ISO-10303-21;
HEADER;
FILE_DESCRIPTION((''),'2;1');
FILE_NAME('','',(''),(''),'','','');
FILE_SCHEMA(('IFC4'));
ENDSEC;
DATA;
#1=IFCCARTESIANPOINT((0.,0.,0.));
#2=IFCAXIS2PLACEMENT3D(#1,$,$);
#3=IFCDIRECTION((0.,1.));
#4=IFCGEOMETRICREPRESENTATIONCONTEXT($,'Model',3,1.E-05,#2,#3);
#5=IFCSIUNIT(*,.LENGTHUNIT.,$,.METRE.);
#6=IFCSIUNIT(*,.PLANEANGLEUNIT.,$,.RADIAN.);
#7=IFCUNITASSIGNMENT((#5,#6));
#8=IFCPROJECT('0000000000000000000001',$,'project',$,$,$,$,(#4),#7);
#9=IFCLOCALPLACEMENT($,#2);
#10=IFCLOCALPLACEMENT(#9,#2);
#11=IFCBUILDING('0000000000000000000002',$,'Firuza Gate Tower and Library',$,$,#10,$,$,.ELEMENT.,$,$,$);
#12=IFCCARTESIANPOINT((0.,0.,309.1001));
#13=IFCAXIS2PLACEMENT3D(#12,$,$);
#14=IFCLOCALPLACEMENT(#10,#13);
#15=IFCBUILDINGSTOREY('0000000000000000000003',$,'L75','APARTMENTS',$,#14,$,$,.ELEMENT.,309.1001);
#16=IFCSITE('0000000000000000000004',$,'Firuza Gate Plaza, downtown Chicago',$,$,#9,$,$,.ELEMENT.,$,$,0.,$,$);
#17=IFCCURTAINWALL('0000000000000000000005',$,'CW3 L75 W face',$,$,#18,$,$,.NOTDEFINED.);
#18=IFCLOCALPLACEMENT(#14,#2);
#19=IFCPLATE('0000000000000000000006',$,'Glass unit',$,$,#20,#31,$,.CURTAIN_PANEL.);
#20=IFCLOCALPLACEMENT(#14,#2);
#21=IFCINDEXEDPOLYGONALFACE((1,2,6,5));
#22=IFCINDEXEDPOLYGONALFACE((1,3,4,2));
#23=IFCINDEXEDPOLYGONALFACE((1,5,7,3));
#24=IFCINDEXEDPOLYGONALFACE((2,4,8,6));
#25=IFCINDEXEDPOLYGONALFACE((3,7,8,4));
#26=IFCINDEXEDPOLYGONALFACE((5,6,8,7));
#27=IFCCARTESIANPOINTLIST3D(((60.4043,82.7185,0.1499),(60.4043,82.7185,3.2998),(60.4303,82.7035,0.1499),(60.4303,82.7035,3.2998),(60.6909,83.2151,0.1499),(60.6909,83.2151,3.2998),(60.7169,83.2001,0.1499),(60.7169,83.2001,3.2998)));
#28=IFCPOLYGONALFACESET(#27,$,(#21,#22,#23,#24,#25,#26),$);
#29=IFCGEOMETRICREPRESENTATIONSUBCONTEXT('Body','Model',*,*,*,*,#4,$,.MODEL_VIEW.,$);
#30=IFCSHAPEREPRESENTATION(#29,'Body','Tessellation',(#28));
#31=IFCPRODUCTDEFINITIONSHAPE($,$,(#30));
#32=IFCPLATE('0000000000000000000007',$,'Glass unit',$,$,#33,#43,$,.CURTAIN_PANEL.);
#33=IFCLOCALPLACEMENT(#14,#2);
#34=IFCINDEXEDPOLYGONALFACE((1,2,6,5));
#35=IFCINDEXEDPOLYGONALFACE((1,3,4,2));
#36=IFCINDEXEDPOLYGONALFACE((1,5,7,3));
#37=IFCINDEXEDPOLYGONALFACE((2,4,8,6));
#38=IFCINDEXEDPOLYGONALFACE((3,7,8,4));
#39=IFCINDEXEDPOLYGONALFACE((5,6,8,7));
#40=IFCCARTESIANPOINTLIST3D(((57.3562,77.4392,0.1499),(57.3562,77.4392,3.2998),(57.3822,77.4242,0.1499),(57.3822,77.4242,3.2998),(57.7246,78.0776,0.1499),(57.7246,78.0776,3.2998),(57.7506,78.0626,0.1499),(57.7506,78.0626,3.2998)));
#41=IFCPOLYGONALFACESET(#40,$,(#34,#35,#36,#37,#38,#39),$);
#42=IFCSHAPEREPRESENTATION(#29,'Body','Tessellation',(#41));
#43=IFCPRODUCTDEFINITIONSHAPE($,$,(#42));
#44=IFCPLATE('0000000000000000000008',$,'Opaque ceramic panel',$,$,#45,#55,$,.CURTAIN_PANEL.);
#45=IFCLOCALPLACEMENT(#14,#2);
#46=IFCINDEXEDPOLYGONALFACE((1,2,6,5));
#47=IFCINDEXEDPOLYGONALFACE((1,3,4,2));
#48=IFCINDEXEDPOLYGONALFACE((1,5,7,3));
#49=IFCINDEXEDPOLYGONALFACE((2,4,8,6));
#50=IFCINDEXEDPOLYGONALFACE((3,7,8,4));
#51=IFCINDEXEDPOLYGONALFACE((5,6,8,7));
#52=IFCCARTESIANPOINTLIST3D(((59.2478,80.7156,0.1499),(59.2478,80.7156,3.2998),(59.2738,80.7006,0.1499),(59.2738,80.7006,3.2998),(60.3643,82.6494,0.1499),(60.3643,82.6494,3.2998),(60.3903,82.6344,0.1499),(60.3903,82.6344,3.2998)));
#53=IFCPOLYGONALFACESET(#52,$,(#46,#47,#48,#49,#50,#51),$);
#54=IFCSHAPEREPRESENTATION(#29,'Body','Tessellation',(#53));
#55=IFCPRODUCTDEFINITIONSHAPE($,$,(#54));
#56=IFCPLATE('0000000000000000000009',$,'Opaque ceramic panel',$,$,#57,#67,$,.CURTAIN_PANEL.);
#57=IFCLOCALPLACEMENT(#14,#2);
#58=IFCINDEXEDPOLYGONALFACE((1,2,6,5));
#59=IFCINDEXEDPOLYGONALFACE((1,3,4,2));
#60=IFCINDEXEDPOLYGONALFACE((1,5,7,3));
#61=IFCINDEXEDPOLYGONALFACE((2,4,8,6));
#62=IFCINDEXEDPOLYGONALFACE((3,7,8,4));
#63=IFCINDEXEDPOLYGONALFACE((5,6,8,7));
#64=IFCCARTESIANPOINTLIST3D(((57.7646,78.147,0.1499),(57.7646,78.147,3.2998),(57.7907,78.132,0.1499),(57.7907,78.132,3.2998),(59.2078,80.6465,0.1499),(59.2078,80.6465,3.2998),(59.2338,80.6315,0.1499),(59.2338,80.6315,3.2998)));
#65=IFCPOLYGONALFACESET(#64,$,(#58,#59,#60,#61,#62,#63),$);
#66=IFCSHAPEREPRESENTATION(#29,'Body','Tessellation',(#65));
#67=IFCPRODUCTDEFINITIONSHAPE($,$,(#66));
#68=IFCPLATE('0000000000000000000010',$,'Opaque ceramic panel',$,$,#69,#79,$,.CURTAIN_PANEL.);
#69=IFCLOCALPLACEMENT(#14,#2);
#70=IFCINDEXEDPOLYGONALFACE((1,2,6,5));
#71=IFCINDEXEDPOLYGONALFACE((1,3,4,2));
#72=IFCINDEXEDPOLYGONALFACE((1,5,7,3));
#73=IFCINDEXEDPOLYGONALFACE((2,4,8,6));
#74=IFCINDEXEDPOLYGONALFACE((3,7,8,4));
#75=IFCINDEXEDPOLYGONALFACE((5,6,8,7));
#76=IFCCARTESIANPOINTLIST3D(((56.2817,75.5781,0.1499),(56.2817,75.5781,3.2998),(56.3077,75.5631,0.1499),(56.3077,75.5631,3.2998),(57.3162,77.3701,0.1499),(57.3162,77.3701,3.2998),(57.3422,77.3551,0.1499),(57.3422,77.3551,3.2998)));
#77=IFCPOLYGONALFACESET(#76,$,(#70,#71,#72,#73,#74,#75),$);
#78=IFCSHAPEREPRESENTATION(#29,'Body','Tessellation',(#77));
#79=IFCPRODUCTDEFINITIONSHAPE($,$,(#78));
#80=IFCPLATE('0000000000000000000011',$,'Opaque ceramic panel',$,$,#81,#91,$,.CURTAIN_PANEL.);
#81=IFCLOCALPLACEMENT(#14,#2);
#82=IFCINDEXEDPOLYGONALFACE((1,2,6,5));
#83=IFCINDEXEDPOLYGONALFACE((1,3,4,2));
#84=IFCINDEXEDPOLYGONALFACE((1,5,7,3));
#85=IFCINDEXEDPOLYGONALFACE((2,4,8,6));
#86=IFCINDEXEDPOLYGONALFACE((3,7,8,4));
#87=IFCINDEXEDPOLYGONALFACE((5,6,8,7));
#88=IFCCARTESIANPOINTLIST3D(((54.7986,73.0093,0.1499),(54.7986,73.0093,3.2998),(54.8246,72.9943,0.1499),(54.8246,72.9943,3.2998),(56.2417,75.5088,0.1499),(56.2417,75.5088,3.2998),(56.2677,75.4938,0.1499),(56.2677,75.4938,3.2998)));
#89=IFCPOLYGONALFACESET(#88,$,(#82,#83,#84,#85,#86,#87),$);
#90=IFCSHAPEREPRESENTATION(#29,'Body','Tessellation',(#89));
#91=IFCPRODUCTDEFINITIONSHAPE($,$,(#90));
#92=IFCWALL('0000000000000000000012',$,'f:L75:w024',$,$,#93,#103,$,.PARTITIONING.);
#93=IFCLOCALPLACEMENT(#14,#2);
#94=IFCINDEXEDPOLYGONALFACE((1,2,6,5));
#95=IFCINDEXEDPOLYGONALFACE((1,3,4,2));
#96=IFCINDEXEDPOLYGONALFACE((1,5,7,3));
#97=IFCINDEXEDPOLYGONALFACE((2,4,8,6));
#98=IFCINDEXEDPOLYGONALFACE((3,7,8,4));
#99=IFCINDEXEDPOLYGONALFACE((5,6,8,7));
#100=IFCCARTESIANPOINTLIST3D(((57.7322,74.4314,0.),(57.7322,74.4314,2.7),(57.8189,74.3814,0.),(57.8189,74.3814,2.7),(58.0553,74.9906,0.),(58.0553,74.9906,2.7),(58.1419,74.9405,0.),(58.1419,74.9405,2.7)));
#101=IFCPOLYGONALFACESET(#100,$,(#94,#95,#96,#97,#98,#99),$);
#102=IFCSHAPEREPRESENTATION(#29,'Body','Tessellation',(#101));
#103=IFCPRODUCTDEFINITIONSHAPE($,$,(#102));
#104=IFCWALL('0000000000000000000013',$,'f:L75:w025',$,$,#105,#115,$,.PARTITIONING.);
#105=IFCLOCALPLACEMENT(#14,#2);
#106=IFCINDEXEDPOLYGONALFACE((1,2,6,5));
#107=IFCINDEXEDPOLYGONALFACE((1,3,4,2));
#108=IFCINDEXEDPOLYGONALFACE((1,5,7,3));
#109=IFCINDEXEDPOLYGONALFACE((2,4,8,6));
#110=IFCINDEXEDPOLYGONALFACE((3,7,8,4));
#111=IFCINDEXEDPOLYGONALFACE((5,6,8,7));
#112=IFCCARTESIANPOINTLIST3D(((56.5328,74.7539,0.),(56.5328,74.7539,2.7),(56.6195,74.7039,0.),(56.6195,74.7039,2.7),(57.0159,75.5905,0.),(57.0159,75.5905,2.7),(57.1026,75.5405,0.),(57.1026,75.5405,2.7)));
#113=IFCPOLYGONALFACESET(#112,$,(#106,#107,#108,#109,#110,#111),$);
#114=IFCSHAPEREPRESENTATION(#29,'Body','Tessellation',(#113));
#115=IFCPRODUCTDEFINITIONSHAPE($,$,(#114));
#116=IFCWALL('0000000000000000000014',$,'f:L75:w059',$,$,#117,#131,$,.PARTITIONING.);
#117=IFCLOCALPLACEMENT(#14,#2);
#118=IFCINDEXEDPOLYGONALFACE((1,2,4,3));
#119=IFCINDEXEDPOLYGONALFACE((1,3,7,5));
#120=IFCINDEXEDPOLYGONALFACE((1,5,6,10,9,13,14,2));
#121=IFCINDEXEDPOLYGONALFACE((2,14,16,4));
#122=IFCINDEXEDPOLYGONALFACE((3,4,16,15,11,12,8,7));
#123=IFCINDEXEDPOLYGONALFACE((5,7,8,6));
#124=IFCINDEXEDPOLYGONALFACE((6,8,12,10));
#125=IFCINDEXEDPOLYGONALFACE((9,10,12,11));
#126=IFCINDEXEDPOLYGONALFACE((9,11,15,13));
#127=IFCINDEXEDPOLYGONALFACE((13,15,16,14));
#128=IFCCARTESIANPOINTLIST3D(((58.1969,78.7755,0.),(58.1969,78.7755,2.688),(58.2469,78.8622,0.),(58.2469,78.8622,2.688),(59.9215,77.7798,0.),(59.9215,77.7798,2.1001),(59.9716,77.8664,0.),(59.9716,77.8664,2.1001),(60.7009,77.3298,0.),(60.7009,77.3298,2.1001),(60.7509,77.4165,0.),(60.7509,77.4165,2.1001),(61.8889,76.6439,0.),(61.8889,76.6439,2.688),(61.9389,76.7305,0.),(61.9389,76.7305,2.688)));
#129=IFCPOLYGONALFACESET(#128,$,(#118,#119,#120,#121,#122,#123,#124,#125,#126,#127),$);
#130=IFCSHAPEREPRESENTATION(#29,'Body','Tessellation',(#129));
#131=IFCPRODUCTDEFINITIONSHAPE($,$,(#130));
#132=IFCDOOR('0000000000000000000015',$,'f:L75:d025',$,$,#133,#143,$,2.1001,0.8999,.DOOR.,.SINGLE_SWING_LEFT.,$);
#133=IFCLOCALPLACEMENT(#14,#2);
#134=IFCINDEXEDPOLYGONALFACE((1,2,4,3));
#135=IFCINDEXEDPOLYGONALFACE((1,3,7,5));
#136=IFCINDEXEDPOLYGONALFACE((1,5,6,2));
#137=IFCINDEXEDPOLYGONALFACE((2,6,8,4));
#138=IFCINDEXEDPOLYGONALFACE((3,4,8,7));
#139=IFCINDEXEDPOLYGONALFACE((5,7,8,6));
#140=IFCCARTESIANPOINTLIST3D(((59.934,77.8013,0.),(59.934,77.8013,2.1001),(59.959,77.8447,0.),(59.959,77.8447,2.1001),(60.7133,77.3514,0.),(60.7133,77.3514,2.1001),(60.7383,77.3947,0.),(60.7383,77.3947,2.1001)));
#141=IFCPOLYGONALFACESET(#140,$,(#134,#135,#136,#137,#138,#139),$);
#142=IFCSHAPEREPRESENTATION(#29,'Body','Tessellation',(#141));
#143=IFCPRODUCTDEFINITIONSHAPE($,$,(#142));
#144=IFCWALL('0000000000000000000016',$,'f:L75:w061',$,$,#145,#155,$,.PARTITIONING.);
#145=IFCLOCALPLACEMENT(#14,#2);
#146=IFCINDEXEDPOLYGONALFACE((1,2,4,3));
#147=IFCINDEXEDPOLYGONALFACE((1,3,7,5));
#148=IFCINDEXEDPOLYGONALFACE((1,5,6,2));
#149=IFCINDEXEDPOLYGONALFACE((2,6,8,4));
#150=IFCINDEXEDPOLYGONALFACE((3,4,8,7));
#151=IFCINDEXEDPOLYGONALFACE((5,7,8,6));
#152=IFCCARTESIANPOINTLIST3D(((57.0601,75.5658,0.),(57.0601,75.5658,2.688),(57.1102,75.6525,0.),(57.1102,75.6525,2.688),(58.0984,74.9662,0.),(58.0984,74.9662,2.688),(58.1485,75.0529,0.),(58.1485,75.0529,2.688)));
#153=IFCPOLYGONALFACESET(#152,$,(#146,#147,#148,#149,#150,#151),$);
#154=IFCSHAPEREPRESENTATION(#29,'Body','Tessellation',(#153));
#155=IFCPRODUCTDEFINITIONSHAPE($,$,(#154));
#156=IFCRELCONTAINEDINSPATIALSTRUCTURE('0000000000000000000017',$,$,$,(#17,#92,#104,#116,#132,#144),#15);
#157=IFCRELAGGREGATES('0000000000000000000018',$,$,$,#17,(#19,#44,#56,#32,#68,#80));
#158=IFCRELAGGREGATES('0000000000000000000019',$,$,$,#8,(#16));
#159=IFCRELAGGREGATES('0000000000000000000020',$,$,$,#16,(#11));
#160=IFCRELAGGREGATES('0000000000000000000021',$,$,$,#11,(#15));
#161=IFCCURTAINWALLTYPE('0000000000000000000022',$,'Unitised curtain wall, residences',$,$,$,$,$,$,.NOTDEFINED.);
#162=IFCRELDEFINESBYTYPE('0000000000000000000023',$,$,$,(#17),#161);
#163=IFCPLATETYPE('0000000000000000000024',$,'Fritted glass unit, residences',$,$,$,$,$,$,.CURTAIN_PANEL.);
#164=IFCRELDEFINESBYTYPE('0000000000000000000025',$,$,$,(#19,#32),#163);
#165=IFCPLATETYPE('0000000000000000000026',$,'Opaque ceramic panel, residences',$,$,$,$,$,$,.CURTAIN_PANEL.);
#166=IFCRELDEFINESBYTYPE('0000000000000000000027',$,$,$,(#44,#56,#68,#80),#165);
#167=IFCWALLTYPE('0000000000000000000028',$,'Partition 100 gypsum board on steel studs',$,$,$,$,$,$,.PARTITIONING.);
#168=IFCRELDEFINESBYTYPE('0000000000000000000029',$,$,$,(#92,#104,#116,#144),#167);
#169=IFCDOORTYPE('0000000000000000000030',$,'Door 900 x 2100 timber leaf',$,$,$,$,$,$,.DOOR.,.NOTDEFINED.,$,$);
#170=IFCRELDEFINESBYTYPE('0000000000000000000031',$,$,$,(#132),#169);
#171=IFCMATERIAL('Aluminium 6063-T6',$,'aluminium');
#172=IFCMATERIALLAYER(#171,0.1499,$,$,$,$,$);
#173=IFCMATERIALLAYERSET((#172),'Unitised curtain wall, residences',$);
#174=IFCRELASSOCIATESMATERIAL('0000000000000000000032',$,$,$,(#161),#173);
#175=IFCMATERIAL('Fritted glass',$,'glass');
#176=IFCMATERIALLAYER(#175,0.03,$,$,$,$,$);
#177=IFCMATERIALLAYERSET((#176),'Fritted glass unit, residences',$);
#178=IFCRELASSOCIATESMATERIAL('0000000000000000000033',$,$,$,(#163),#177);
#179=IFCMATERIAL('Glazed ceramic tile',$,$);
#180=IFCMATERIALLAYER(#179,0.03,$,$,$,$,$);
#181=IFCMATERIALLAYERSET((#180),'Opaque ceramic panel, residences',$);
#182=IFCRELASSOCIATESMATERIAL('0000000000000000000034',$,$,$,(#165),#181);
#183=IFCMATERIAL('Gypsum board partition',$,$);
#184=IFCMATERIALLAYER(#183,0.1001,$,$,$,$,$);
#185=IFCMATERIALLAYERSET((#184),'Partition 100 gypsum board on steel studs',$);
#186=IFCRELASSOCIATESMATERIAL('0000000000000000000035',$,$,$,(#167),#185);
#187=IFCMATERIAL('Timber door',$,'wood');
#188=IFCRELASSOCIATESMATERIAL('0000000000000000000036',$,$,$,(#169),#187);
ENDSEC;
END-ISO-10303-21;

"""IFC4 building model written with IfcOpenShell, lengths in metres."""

from ifc_helpers import new_model, si_unit, direction, frame, frame_2d, origin, place, context, subcontext, project, spatial, polyline, rectangle, outline, extrude, material, layer, layer_set, type_object, element, fill, aggregate, save


model = new_model("IFC4")

# Units and contexts
model_context = context("Model", 3, precision=1e-05, world=origin(), true_north=direction((0.0, 1.0)))
body_context = subcontext(model_context, "Body", "Model", "MODEL_VIEW")
ifc_project = project(units=[si_unit("LENGTHUNIT", "METRE"), si_unit("PLANEANGLEUNIT", "RADIAN")], contexts=[model_context])

# Site, building, storey
site_placement = place(None, origin())
site = spatial("IfcSite", under=ifc_project, at=site_placement, Name="Firuza Gate Plaza, downtown Chicago", CompositionType="ELEMENT", RefElevation=0.0)
building_placement = place(site_placement, origin())
building = spatial("IfcBuilding", under=site, at=building_placement, Name="Firuza Gate Tower and Library", CompositionType="ELEMENT")
storey_placement = place(building_placement, frame((0.0, 0.0, 309.1001)))
storey = spatial("IfcBuildingStorey", under=building, at=storey_placement, Name="L75", Description="APARTMENTS", CompositionType="ELEMENT", Elevation=309.1001)

# Curtain wall
ifc_material_1 = material(Name="Aluminium 6063-T6", Category="aluminium")
ifc_layer_1 = layer(ifc_material_1, 0.1499)
ifc_layer_set_1 = layer_set([ifc_layer_1], Name="Unitised curtain wall, residences")
curtain_wall_type = type_object("IfcCurtainWallType", Name="Unitised curtain wall, residences", PredefinedType="NOTDEFINED", material=ifc_layer_set_1)
curtain_wall_placement = place(storey_placement, origin())
curtain_wall = element("IfcCurtainWall", 1, at=curtain_wall_placement, inside=storey, type_object=curtain_wall_type, Name="CW3 L75 W face", PredefinedType="NOTDEFINED")

# Plates
ifc_material_2 = material(Name="Fritted glass", Category="glass")
ifc_layer_2 = layer(ifc_material_2, 0.03)
ifc_layer_set_2 = layer_set([ifc_layer_2], Name="Fritted glass unit, residences")
plate_type_1 = type_object("IfcPlateType", Name="Fritted glass unit, residences", PredefinedType="CURTAIN_PANEL", material=ifc_layer_set_2)
plate_1_placement = place(storey_placement, frame((60.6909, 83.2151, 0.1499), z_axis=(-0.866086, 0.499894, 0.0), x_axis=(-0.499894, -0.866086, 0.0)))
plate_1 = element("IfcPlate", 2, at=plate_1_placement, type_object=plate_type_1, Name="Glass unit", PredefinedType="CURTAIN_PANEL", context=body_context, shape_type="SweptSolid", body=[
    extrude(outline(polyline([(0.0, 0.0), (0.5734, 0.0), (0.5734, 3.1499), (0.0, 3.1499), (0.0, 0.0)])), origin(), (0.0, 0.0, -1.0), 0.03),
])
plate_2_placement = place(storey_placement, frame((57.7246, 78.0776, 0.1499), z_axis=(-0.866136, 0.499808, 0.0), x_axis=(-0.499808, -0.866136, 0.0)))
plate_2 = element("IfcPlate", 3, at=plate_2_placement, type_object=plate_type_1, Name="Glass unit", PredefinedType="CURTAIN_PANEL", context=body_context, shape_type="SweptSolid", body=[
    extrude(outline(polyline([(0.0, 0.0), (0.7371, 0.0), (0.7371, 3.1499), (0.0, 3.1499), (0.0, 0.0)])), origin(), (0.0, 0.0, -1.0), 0.03),
])
ifc_material_3 = material(Name="Glazed ceramic tile")
ifc_layer_3 = layer(ifc_material_3, 0.03)
ifc_layer_set_3 = layer_set([ifc_layer_3], Name="Opaque ceramic panel, residences")
plate_type_2 = type_object("IfcPlateType", Name="Opaque ceramic panel, residences", PredefinedType="CURTAIN_PANEL", material=ifc_layer_set_3)
plate_3_placement = place(storey_placement, frame((60.3643, 82.6494, 0.1499), z_axis=(-0.866034, 0.499984, 0.0), x_axis=(-0.499984, -0.866034, 0.0)))
plate_3 = element("IfcPlate", 4, at=plate_3_placement, type_object=plate_type_2, Name="Opaque ceramic panel", PredefinedType="CURTAIN_PANEL", context=body_context, shape_type="SweptSolid", body=[
    extrude(outline(polyline([(0.0, 0.0), (2.233, 0.0), (2.233, 3.1499), (0.0, 3.1499), (0.0, 0.0)])), origin(), (0.0, 0.0, -1.0), 0.03),
])
plate_4_placement = place(storey_placement, frame((59.2078, 80.6465, 0.1499), z_axis=(-0.866022, 0.500006, 0.0), x_axis=(-0.500006, -0.866022, 0.0)))
plate_4 = element("IfcPlate", 5, at=plate_4_placement, type_object=plate_type_2, Name="Opaque ceramic panel", PredefinedType="CURTAIN_PANEL", context=body_context, shape_type="SweptSolid", body=[
    extrude(outline(polyline([(0.0, 0.0), (2.8862, 0.0), (2.8862, 3.1499), (0.0, 3.1499), (0.0, 0.0)])), origin(), (0.0, 0.0, -1.0), 0.03),
])
plate_5_placement = place(storey_placement, frame((57.3162, 77.3701, 0.1499), z_axis=(-0.866064, 0.499934, 0.0), x_axis=(-0.499934, -0.866064, 0.0)))
plate_5 = element("IfcPlate", 6, at=plate_5_placement, type_object=plate_type_2, Name="Opaque ceramic panel", PredefinedType="CURTAIN_PANEL", context=body_context, shape_type="SweptSolid", body=[
    extrude(outline(polyline([(0.0, 0.0), (2.0691, 0.0), (2.0691, 3.1499), (0.0, 3.1499), (0.0, 0.0)])), origin(), (0.0, 0.0, -1.0), 0.03),
])
plate_6_placement = place(storey_placement, frame((56.2417, 75.5088, 0.1499), z_axis=(-0.866022, 0.500006, 0.0), x_axis=(-0.500006, -0.866022, 0.0)))
plate_6 = element("IfcPlate", 7, at=plate_6_placement, type_object=plate_type_2, Name="Opaque ceramic panel", PredefinedType="CURTAIN_PANEL", context=body_context, shape_type="SweptSolid", body=[
    extrude(outline(polyline([(0.0, 0.0), (2.8862, 0.0), (2.8862, 3.1499), (0.0, 3.1499), (0.0, 0.0)])), origin(), (0.0, 0.0, -1.0), 0.03),
])
aggregate(curtain_wall, [plate_1, plate_3, plate_4, plate_2, plate_5, plate_6])

# Walls
ifc_material_4 = material(Name="Gypsum board partition")
ifc_layer_4 = layer(ifc_material_4, 0.1001)
ifc_layer_set_4 = layer_set([ifc_layer_4], Name="Partition 100 gypsum board on steel studs")
wall_type = type_object("IfcWallType", Name="Partition 100 gypsum board on steel studs", PredefinedType="PARTITIONING", material=ifc_layer_set_4)
wall_1_placement = place(storey_placement, frame((57.7756, 74.4065, 0.0), z_axis=(0.0, 0.0, 1.0), x_axis=(0.500246, 0.865883, 0.0)))
element("IfcWall", 8, at=wall_1_placement, inside=storey, type_object=wall_type, Name="f:L75:w024", PredefinedType="PARTITIONING", context=body_context, shape_type="SweptSolid", body=[
    extrude(rectangle(XDim=0.6458, YDim=0.1001, at=frame_2d((0.3228, 0.0))), origin(), (0.0, 0.0, 1.0), 2.7),
])
wall_2_placement = place(storey_placement, frame((56.5762, 74.729, 0.0), z_axis=(0.0, 0.0, 1.0), x_axis=(0.50008, 0.865979, 0.0)))
element("IfcWall", 9, at=wall_2_placement, inside=storey, type_object=wall_type, Name="f:L75:w025", PredefinedType="PARTITIONING", context=body_context, shape_type="SweptSolid", body=[
    extrude(rectangle(XDim=0.9661, YDim=0.1001, at=frame_2d((0.4829, 0.0))), origin(), (0.0, 0.0, 1.0), 2.7),
])

# Wall, opening, door
wall_3_placement = place(storey_placement, frame((58.2219, 78.8188, 0.0), z_axis=(0.0, 0.0, 1.0), x_axis=(0.866018, -0.500013, 0.0)))
wall_3 = element("IfcWall", 10, at=wall_3_placement, inside=storey, type_object=wall_type, Name="f:L75:w059", PredefinedType="PARTITIONING", context=body_context, shape_type="SweptSolid", body=[
    extrude(rectangle(XDim=4.2632, YDim=0.1001, at=frame_2d((2.1316, 0.0))), origin(), (0.0, 0.0, 1.0), 2.688),
])
opening_placement = place(wall_3_placement, frame((1.9915, 0.0, 0.0)))
opening = element("IfcOpeningElement", 11, at=opening_placement, cuts=wall_3, PredefinedType="OPENING", context=body_context, shape_type="SweptSolid", body=[
    extrude(rectangle(XDim=0.8999, YDim=2.1001, at=frame_2d((0.45, 1.05))), frame((0.0, 0.0601, 0.0), z_axis=(0.0, -1.0, 0.0), x_axis=(1.0, 0.0, 0.0)), (0.0, 0.0, 1.0), 0.1201),
])
ifc_material_5 = material(Name="Timber door", Category="wood")
door_type = type_object("IfcDoorType", Name="Door 900 x 2100 timber leaf", OperationType="NOTDEFINED", PredefinedType="DOOR", material=ifc_material_5)
door_placement = place(opening_placement, origin())
door = element("IfcDoor", 12, at=door_placement, inside=storey, type_object=door_type, Name="f:L75:d025", OperationType="SINGLE_SWING_LEFT", OverallHeight=2.1001, OverallWidth=0.8999, PredefinedType="DOOR", context=body_context, shape_type="SweptSolid", body=[
    extrude(rectangle(XDim=0.8999, YDim=2.1001, at=frame_2d((0.45, 1.05))), frame((0.0, 0.0249, 0.0), z_axis=(0.0, -1.0, 0.0), x_axis=(1.0, 0.0, 0.0)), (0.0, 0.0, 1.0), 0.05),
])
fill(opening, door)

# Wall
wall_4_placement = place(storey_placement, frame((58.1235, 75.0095, 0.0), z_axis=(0.0, 0.0, 1.0), x_axis=(-0.865979, 0.500081, 0.0)))
element("IfcWall", 13, at=wall_4_placement, inside=storey, type_object=wall_type, Name="f:L75:w061", PredefinedType="PARTITIONING", context=body_context, shape_type="SweptSolid", body=[
    extrude(rectangle(XDim=1.199, YDim=0.1001, at=frame_2d((0.5996, 0.0))), origin(), (0.0, 0.0, 1.0), 2.688),
])

save(model, "model.ifc")
